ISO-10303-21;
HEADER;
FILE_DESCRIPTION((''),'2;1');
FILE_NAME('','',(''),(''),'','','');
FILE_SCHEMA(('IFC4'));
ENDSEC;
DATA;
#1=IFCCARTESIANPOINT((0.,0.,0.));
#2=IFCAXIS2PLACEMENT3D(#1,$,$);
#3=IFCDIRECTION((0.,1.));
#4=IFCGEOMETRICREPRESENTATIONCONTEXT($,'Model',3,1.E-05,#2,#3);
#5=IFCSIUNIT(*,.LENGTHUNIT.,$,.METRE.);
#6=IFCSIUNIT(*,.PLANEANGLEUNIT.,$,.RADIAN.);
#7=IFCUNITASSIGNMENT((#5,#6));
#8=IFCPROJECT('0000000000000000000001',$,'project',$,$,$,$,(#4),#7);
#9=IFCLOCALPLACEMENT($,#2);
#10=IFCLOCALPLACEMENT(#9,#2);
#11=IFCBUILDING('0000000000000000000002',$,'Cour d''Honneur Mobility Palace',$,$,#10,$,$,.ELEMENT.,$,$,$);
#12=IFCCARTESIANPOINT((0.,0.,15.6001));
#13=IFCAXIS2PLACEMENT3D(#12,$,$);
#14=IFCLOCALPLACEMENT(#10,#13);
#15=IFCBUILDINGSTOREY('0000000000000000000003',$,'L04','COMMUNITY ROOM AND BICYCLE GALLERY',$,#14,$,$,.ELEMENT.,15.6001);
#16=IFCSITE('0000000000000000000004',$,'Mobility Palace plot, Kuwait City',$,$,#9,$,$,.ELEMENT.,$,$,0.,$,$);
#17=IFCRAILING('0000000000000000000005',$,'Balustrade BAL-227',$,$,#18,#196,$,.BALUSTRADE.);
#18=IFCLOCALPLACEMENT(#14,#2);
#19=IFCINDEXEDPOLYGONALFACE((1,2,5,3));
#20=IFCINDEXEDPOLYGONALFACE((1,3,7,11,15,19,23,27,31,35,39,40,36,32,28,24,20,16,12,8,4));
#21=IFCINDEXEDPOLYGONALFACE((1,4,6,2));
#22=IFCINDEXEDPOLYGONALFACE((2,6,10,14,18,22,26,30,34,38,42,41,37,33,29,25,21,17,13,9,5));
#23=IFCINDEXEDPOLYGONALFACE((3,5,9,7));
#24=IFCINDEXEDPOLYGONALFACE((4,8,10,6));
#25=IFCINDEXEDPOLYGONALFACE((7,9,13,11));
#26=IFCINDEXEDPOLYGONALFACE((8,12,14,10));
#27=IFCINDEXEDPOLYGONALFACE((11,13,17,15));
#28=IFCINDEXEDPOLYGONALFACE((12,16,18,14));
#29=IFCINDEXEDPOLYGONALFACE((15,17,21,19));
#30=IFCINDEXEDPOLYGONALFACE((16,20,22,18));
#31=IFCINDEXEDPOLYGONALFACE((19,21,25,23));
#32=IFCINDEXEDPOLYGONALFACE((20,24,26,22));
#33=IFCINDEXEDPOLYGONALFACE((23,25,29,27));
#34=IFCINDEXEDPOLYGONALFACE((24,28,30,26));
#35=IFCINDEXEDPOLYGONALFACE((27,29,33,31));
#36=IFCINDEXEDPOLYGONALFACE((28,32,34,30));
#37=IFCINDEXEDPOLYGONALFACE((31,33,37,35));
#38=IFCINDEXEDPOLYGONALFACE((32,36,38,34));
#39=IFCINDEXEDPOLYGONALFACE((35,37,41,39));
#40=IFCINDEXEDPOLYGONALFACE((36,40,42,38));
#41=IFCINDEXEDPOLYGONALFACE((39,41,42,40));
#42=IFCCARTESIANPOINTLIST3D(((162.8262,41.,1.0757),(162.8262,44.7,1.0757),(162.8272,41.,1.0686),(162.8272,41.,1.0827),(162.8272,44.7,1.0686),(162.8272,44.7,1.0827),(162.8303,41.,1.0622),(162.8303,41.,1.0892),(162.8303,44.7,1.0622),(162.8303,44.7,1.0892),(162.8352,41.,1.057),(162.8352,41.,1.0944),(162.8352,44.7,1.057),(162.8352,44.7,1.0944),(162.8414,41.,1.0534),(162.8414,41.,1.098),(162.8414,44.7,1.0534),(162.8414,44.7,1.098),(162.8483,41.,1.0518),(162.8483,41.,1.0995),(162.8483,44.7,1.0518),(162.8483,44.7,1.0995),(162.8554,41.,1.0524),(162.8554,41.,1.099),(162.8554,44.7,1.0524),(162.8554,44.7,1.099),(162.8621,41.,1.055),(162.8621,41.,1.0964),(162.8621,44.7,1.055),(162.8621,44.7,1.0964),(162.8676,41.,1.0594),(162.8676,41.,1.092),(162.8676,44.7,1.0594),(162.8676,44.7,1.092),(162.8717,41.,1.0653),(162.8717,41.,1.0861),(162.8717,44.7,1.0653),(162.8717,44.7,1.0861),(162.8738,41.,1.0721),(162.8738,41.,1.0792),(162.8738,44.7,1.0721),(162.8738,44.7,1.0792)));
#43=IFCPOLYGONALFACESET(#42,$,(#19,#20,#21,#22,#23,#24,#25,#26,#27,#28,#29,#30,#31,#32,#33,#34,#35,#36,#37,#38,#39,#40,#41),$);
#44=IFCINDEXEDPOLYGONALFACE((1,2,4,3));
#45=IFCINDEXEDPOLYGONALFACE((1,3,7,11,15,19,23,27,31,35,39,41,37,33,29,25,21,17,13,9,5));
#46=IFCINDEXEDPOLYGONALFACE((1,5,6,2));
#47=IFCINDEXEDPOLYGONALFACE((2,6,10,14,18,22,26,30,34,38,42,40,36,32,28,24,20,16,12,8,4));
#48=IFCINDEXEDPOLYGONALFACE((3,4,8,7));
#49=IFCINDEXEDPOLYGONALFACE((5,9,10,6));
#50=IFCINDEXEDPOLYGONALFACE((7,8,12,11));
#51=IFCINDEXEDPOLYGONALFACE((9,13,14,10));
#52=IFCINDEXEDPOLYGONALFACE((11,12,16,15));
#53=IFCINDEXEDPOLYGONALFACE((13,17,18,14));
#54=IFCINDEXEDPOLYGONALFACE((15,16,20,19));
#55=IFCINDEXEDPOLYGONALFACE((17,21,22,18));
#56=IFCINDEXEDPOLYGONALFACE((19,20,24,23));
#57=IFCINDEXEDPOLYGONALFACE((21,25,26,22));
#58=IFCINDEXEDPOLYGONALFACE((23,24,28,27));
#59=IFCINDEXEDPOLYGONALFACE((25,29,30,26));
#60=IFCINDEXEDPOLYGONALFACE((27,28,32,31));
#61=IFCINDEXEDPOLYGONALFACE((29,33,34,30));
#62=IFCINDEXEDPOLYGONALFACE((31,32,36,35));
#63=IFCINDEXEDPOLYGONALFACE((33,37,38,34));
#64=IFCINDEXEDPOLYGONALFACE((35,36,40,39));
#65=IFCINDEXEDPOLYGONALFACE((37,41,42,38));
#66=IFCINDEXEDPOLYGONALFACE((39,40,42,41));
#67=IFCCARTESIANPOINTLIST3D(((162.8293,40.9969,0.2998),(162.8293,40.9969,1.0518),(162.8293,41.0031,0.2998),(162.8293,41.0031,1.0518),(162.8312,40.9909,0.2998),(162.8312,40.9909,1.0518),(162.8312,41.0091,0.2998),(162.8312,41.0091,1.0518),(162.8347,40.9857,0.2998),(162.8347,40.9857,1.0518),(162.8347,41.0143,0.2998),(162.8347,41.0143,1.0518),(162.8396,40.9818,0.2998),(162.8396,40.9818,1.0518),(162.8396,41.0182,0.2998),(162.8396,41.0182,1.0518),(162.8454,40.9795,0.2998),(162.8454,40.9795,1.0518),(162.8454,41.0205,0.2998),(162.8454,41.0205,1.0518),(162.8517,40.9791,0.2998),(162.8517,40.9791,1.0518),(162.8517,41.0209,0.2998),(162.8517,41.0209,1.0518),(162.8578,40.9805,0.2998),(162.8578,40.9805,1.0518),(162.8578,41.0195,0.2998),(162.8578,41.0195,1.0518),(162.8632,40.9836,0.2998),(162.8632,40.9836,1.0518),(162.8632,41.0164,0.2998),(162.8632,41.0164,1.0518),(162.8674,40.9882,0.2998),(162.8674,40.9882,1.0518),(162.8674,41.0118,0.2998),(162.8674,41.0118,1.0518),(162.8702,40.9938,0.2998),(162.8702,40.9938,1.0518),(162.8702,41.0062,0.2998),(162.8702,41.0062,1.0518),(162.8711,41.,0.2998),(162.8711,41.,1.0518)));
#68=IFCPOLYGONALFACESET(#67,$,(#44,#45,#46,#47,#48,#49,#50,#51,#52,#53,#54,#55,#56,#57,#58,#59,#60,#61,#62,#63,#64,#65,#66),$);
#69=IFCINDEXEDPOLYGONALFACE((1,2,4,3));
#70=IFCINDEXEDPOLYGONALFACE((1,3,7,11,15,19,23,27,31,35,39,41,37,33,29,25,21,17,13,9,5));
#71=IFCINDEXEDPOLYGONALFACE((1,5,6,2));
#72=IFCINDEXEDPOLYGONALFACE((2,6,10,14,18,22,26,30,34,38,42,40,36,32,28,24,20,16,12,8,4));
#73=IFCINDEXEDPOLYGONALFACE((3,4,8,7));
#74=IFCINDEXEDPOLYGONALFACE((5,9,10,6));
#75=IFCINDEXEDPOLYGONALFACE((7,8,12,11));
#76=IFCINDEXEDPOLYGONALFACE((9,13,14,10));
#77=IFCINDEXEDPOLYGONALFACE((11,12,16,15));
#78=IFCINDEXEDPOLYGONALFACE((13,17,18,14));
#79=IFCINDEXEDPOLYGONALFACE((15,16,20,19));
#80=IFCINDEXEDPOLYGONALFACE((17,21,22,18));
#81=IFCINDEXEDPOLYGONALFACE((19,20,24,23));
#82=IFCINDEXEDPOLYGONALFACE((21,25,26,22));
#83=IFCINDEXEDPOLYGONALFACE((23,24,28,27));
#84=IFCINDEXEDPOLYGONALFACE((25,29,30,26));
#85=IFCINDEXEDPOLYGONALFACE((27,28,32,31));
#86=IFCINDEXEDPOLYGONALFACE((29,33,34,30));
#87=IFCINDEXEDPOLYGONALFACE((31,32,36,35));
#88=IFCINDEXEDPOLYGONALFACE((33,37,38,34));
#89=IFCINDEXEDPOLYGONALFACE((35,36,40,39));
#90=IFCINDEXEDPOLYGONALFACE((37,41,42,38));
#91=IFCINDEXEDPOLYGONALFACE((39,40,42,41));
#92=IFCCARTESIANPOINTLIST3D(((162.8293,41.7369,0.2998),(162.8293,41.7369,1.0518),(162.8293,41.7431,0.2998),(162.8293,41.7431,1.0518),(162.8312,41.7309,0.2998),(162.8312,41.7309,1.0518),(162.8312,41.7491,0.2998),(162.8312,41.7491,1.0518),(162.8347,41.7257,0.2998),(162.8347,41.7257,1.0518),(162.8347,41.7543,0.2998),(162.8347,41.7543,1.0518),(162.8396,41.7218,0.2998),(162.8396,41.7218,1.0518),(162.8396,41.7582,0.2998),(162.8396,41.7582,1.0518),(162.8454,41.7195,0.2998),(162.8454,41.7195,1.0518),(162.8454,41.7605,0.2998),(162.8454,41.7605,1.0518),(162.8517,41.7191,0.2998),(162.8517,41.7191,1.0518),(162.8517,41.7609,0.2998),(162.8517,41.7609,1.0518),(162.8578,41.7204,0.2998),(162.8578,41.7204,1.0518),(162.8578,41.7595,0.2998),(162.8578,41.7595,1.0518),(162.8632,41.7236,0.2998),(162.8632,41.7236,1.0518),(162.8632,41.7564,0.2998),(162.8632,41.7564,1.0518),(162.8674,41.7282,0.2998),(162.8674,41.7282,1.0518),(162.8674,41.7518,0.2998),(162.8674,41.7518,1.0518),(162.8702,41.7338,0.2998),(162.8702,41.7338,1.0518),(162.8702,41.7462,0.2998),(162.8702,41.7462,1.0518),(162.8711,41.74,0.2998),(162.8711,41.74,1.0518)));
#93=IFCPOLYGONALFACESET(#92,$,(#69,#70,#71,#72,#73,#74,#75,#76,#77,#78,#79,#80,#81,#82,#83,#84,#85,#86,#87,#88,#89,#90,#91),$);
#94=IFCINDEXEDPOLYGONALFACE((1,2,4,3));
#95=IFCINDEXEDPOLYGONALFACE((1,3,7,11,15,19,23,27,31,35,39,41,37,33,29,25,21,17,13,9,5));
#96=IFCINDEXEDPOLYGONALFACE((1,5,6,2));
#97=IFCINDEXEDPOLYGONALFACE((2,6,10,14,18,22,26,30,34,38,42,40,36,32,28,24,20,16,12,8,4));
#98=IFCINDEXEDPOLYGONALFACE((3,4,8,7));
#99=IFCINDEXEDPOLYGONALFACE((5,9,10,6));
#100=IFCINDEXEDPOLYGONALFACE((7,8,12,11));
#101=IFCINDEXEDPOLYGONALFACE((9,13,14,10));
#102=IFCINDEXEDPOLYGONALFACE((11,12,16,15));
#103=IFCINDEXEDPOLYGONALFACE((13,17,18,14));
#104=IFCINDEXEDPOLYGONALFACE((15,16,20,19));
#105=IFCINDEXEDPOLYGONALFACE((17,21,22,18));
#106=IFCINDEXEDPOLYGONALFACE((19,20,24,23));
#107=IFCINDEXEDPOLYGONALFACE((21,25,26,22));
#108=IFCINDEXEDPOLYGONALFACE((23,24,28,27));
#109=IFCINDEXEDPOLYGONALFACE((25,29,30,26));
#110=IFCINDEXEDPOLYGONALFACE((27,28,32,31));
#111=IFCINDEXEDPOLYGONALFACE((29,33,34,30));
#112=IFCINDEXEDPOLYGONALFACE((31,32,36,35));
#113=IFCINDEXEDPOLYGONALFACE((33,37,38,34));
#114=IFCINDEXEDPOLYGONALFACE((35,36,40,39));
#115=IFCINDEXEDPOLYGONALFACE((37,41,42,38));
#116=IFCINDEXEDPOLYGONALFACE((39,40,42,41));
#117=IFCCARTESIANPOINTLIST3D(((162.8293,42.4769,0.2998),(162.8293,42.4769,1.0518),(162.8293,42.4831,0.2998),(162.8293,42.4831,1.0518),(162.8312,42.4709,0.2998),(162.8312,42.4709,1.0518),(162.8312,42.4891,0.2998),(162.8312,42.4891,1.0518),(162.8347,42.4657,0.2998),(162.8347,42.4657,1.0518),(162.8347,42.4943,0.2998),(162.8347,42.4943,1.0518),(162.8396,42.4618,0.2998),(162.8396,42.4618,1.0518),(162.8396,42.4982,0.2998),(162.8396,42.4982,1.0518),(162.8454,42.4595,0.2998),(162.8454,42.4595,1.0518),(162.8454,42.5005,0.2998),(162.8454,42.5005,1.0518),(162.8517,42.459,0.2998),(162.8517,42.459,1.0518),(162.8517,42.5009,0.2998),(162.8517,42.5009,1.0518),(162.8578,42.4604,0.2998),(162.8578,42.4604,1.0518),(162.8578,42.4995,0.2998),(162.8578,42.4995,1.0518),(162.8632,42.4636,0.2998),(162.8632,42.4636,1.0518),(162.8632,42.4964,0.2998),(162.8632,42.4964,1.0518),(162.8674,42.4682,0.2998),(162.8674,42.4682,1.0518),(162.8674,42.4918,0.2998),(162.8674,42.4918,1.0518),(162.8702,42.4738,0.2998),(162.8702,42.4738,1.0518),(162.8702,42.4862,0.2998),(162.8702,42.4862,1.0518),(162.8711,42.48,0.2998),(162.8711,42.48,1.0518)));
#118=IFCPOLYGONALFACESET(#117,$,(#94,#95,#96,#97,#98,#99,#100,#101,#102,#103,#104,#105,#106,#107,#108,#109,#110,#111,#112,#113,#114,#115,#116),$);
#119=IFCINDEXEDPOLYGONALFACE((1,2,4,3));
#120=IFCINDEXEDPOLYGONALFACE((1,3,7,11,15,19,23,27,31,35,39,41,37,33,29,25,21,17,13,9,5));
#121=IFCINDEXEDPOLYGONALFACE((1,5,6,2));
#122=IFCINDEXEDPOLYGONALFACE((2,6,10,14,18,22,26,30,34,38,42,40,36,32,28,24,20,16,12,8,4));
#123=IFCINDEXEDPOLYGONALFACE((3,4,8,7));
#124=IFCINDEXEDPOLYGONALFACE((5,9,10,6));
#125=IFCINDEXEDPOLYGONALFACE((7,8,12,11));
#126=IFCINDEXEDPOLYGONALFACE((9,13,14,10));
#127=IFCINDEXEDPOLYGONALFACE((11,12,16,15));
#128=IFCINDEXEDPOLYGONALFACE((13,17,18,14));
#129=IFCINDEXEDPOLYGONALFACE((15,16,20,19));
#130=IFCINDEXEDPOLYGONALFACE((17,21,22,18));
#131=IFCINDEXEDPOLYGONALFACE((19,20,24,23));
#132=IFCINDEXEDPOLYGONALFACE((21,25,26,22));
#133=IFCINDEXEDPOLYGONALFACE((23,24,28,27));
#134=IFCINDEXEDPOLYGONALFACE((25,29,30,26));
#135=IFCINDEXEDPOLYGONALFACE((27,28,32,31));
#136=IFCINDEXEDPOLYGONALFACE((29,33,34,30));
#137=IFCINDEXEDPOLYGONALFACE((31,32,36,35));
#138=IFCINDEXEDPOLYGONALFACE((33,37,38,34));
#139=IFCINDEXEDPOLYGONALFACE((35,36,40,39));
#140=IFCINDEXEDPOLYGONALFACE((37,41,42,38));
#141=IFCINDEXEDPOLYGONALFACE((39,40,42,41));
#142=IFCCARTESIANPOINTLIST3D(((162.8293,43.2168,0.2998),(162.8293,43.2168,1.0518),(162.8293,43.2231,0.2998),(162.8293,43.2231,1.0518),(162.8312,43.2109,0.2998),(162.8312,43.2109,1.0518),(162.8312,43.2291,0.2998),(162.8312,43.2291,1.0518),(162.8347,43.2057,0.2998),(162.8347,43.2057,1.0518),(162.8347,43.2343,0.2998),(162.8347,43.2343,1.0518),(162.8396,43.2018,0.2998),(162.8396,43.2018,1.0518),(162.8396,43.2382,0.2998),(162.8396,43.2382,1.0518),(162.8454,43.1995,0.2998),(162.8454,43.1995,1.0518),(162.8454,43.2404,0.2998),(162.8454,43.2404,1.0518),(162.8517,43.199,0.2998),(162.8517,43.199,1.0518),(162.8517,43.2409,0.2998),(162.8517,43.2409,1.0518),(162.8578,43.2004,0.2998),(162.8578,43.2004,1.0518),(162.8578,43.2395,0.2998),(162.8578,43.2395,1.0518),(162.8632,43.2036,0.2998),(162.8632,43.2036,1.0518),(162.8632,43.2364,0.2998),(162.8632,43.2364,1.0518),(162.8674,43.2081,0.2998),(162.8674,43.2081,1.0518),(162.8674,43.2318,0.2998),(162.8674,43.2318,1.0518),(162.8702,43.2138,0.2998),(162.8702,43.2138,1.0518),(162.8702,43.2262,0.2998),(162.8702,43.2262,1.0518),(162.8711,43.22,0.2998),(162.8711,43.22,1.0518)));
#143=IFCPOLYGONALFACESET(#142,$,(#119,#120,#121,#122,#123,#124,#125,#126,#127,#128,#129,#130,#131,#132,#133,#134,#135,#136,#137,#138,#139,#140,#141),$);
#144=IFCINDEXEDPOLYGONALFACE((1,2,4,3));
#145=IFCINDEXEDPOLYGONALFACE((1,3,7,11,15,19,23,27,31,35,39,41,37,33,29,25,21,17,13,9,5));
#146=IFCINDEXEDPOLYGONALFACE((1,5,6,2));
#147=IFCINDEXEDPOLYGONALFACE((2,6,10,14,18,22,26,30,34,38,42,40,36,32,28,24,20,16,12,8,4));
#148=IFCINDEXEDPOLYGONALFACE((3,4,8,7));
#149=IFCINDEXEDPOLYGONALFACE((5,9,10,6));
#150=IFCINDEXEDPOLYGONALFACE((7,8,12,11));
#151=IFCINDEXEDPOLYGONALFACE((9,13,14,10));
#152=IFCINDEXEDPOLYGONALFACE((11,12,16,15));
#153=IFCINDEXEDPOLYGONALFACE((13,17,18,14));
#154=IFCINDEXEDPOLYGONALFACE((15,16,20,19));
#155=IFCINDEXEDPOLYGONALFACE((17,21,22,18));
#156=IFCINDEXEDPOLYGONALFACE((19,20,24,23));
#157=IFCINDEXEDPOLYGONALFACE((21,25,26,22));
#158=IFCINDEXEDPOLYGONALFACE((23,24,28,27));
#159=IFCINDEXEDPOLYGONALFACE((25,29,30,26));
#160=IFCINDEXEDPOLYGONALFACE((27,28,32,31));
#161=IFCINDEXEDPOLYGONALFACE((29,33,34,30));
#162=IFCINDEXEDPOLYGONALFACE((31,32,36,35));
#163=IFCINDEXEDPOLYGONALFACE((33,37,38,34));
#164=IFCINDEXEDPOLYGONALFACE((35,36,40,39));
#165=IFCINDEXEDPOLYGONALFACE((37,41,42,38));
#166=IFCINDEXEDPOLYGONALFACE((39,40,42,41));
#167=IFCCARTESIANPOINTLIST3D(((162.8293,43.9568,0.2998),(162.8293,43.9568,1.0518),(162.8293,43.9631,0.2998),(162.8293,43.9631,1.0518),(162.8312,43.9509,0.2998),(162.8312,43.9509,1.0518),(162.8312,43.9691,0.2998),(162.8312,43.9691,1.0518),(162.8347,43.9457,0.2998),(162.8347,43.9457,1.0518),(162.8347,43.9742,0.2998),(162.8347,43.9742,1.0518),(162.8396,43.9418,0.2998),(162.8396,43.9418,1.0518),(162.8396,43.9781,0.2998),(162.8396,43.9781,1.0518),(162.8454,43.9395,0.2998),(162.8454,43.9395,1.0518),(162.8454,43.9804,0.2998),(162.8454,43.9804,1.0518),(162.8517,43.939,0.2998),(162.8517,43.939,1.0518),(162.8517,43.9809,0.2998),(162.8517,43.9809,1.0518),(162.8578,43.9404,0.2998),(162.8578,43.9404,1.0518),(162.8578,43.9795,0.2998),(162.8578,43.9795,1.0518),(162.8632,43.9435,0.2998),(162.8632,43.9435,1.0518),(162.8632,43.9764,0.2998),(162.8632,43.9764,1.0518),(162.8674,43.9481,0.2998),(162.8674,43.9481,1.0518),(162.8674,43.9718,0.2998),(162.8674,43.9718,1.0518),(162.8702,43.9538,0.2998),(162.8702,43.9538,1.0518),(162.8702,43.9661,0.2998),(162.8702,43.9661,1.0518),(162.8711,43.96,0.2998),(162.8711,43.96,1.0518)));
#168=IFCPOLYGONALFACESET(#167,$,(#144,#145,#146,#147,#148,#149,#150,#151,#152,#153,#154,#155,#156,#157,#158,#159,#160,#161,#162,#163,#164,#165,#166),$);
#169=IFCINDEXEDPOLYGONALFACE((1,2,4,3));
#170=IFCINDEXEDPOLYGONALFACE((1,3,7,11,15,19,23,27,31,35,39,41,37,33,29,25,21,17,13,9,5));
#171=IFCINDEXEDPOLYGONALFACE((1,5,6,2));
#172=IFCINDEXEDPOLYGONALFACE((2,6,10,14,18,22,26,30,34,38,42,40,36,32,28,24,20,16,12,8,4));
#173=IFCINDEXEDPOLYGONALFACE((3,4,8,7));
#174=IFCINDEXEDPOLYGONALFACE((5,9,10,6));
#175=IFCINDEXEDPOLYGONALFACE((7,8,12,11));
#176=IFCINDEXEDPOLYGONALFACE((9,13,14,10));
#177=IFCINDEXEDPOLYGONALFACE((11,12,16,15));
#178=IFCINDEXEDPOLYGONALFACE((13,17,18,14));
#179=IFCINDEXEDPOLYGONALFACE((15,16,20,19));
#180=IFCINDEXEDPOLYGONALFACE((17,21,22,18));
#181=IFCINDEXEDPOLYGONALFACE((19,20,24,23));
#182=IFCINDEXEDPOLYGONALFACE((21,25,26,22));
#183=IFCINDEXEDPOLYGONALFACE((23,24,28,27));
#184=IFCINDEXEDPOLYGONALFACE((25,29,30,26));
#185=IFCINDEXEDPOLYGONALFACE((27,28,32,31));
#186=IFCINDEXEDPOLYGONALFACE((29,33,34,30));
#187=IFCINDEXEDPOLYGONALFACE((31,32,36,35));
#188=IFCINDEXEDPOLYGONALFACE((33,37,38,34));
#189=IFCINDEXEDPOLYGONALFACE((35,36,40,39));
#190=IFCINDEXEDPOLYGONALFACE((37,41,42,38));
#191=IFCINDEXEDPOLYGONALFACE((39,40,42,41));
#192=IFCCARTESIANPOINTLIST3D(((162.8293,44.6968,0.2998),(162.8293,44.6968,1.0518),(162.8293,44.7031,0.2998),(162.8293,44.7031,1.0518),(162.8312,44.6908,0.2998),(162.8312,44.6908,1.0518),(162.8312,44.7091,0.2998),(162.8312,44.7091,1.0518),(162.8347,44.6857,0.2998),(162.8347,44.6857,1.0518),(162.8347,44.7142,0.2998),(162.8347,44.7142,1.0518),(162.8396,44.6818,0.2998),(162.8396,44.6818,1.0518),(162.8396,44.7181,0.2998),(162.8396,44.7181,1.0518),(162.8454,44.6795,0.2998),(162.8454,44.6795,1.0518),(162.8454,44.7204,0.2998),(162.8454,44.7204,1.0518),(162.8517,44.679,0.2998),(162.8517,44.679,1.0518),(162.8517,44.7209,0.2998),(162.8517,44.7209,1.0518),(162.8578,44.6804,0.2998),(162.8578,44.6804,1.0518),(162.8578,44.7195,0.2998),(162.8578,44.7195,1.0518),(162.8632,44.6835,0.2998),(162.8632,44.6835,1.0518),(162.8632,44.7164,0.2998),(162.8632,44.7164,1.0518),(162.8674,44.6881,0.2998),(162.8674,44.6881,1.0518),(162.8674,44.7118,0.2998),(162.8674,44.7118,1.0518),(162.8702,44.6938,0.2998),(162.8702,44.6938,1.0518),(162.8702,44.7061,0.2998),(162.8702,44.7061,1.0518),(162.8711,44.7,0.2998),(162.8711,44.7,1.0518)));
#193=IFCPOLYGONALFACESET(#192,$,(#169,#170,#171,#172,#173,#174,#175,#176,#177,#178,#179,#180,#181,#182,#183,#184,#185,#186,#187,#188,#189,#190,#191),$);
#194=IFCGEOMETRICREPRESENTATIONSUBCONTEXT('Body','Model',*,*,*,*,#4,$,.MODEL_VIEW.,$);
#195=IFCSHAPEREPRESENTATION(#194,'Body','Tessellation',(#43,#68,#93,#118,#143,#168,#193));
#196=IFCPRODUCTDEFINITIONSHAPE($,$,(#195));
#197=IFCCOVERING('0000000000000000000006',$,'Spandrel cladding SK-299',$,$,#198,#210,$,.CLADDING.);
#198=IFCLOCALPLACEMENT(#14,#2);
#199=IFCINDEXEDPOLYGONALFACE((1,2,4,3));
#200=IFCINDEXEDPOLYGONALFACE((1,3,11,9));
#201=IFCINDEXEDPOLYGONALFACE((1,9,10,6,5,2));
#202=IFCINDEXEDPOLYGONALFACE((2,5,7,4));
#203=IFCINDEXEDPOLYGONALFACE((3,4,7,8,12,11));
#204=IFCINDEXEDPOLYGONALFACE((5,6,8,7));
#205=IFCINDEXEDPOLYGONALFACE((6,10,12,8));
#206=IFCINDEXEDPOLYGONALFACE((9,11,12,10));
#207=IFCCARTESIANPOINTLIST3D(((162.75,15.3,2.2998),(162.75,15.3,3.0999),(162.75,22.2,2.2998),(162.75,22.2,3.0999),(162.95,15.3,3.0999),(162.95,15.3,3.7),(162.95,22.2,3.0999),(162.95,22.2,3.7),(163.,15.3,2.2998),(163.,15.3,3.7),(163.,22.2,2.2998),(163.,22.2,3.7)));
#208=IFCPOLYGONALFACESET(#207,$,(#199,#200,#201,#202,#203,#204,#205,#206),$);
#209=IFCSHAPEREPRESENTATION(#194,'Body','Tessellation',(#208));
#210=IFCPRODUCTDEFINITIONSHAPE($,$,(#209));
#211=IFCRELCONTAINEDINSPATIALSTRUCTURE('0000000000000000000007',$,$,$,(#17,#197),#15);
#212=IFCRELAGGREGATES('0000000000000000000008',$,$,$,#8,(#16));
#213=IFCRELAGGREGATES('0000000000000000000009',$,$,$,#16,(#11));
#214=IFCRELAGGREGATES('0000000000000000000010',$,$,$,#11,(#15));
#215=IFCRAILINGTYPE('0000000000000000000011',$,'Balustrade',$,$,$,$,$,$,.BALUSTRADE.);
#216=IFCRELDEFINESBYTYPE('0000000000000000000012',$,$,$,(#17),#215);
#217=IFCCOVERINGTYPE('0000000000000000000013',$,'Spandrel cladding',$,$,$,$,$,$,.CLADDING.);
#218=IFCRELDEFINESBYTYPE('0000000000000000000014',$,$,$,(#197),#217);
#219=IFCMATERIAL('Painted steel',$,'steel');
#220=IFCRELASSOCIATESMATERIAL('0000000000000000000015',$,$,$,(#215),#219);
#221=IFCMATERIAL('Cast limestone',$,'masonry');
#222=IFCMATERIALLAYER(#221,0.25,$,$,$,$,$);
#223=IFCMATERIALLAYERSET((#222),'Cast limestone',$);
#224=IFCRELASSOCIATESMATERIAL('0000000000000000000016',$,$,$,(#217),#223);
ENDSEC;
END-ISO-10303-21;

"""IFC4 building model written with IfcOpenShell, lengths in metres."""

from ifc_helpers import new_model, si_unit, direction, frame, origin, origin_2d, place, context, subcontext, project, spatial, polyline, circle, outline, extrude, material, layer, layer_set, type_object, element, save


model = new_model("IFC4")

# Units and contexts
model_context = context("Model", 3, precision=1e-05, world=origin(), true_north=direction((0.0, 1.0)))
body_context = subcontext(model_context, "Body", "Model", "MODEL_VIEW")
ifc_project = project(units=[si_unit("LENGTHUNIT", "METRE"), si_unit("PLANEANGLEUNIT", "RADIAN")], contexts=[model_context])

# Site, building, storey
site_placement = place(None, origin())
site = spatial("IfcSite", under=ifc_project, at=site_placement, Name="Mobility Palace plot, Kuwait City", CompositionType="ELEMENT", RefElevation=0.0)
building_placement = place(site_placement, origin())
building = spatial("IfcBuilding", under=site, at=building_placement, Name="Cour d'Honneur Mobility Palace", CompositionType="ELEMENT")
storey_placement = place(building_placement, frame((0.0, 0.0, 15.6001)))
storey = spatial("IfcBuildingStorey", under=building, at=storey_placement, Name="L04", Description="COMMUNITY ROOM AND BICYCLE GALLERY", CompositionType="ELEMENT", Elevation=15.6001)

# Railing
ifc_material_1 = material(Name="Painted steel", Category="steel")
railing_type = type_object("IfcRailingType", Name="Balustrade", PredefinedType="BALUSTRADE", material=ifc_material_1)
railing_placement = place(storey_placement, frame((162.8501, 41.0, 0.2998)))
element("IfcRailing", 1, at=railing_placement, inside=storey, type_object=railing_type, Name="Balustrade BAL-227", PredefinedType="BALUSTRADE", context=body_context, shape_type="SweptSolid", body=[
    extrude(circle(Radius=0.0239, at=origin_2d()), frame((0.0, 0.0, 0.7759), z_axis=(0.0, 1.0, 0.0), x_axis=(-1.0, 0.0, 0.0)), (0.0, 0.0, 1.0), 3.7),
    extrude(circle(Radius=0.021, at=origin_2d()), origin(), (0.0, 0.0, 1.0), 0.752),
    extrude(circle(Radius=0.021, at=origin_2d()), frame((0.0, 0.74, 0.0)), (0.0, 0.0, 1.0), 0.752),
    extrude(circle(Radius=0.021, at=origin_2d()), frame((0.0, 1.48, 0.0)), (0.0, 0.0, 1.0), 0.752),
    extrude(circle(Radius=0.021, at=origin_2d()), frame((0.0, 2.22, 0.0)), (0.0, 0.0, 1.0), 0.752),
    extrude(circle(Radius=0.021, at=origin_2d()), frame((0.0, 2.96, 0.0)), (0.0, 0.0, 1.0), 0.752),
    extrude(circle(Radius=0.021, at=origin_2d()), frame((0.0, 3.7, 0.0)), (0.0, 0.0, 1.0), 0.752),
])

# Covering
ifc_material_2 = material(Name="Cast limestone", Category="masonry")
ifc_layer = layer(ifc_material_2, 0.25)
ifc_layer_set = layer_set([ifc_layer], Name="Cast limestone")
covering_type = type_object("IfcCoveringType", Name="Spandrel cladding", PredefinedType="CLADDING", material=ifc_layer_set)
for number, where, z_axis, x_axis, name in (
    (2, (162.75, 15.3, 2.2998), (0.0, -1.0, 0.0), (1.0, 0.0, 0.0), "Spandrel cladding SK-299"),
):
    element("IfcCovering", number, at=place(storey_placement, frame(where, z_axis=z_axis, x_axis=x_axis)), inside=storey, type_object=covering_type, Name=name, PredefinedType="CLADDING", context=body_context, shape_type="SweptSolid", body=[
        extrude(outline(polyline([(0.0, 0.0), (0.25, 0.0), (0.25, 1.4001), (0.2, 1.4001), (0.2, 0.8), (0.0, 0.8), (0.0, 0.0)])), origin(), (0.0, 0.0, -1.0), 6.8999),
    ])

save(model, "model.ifc")
